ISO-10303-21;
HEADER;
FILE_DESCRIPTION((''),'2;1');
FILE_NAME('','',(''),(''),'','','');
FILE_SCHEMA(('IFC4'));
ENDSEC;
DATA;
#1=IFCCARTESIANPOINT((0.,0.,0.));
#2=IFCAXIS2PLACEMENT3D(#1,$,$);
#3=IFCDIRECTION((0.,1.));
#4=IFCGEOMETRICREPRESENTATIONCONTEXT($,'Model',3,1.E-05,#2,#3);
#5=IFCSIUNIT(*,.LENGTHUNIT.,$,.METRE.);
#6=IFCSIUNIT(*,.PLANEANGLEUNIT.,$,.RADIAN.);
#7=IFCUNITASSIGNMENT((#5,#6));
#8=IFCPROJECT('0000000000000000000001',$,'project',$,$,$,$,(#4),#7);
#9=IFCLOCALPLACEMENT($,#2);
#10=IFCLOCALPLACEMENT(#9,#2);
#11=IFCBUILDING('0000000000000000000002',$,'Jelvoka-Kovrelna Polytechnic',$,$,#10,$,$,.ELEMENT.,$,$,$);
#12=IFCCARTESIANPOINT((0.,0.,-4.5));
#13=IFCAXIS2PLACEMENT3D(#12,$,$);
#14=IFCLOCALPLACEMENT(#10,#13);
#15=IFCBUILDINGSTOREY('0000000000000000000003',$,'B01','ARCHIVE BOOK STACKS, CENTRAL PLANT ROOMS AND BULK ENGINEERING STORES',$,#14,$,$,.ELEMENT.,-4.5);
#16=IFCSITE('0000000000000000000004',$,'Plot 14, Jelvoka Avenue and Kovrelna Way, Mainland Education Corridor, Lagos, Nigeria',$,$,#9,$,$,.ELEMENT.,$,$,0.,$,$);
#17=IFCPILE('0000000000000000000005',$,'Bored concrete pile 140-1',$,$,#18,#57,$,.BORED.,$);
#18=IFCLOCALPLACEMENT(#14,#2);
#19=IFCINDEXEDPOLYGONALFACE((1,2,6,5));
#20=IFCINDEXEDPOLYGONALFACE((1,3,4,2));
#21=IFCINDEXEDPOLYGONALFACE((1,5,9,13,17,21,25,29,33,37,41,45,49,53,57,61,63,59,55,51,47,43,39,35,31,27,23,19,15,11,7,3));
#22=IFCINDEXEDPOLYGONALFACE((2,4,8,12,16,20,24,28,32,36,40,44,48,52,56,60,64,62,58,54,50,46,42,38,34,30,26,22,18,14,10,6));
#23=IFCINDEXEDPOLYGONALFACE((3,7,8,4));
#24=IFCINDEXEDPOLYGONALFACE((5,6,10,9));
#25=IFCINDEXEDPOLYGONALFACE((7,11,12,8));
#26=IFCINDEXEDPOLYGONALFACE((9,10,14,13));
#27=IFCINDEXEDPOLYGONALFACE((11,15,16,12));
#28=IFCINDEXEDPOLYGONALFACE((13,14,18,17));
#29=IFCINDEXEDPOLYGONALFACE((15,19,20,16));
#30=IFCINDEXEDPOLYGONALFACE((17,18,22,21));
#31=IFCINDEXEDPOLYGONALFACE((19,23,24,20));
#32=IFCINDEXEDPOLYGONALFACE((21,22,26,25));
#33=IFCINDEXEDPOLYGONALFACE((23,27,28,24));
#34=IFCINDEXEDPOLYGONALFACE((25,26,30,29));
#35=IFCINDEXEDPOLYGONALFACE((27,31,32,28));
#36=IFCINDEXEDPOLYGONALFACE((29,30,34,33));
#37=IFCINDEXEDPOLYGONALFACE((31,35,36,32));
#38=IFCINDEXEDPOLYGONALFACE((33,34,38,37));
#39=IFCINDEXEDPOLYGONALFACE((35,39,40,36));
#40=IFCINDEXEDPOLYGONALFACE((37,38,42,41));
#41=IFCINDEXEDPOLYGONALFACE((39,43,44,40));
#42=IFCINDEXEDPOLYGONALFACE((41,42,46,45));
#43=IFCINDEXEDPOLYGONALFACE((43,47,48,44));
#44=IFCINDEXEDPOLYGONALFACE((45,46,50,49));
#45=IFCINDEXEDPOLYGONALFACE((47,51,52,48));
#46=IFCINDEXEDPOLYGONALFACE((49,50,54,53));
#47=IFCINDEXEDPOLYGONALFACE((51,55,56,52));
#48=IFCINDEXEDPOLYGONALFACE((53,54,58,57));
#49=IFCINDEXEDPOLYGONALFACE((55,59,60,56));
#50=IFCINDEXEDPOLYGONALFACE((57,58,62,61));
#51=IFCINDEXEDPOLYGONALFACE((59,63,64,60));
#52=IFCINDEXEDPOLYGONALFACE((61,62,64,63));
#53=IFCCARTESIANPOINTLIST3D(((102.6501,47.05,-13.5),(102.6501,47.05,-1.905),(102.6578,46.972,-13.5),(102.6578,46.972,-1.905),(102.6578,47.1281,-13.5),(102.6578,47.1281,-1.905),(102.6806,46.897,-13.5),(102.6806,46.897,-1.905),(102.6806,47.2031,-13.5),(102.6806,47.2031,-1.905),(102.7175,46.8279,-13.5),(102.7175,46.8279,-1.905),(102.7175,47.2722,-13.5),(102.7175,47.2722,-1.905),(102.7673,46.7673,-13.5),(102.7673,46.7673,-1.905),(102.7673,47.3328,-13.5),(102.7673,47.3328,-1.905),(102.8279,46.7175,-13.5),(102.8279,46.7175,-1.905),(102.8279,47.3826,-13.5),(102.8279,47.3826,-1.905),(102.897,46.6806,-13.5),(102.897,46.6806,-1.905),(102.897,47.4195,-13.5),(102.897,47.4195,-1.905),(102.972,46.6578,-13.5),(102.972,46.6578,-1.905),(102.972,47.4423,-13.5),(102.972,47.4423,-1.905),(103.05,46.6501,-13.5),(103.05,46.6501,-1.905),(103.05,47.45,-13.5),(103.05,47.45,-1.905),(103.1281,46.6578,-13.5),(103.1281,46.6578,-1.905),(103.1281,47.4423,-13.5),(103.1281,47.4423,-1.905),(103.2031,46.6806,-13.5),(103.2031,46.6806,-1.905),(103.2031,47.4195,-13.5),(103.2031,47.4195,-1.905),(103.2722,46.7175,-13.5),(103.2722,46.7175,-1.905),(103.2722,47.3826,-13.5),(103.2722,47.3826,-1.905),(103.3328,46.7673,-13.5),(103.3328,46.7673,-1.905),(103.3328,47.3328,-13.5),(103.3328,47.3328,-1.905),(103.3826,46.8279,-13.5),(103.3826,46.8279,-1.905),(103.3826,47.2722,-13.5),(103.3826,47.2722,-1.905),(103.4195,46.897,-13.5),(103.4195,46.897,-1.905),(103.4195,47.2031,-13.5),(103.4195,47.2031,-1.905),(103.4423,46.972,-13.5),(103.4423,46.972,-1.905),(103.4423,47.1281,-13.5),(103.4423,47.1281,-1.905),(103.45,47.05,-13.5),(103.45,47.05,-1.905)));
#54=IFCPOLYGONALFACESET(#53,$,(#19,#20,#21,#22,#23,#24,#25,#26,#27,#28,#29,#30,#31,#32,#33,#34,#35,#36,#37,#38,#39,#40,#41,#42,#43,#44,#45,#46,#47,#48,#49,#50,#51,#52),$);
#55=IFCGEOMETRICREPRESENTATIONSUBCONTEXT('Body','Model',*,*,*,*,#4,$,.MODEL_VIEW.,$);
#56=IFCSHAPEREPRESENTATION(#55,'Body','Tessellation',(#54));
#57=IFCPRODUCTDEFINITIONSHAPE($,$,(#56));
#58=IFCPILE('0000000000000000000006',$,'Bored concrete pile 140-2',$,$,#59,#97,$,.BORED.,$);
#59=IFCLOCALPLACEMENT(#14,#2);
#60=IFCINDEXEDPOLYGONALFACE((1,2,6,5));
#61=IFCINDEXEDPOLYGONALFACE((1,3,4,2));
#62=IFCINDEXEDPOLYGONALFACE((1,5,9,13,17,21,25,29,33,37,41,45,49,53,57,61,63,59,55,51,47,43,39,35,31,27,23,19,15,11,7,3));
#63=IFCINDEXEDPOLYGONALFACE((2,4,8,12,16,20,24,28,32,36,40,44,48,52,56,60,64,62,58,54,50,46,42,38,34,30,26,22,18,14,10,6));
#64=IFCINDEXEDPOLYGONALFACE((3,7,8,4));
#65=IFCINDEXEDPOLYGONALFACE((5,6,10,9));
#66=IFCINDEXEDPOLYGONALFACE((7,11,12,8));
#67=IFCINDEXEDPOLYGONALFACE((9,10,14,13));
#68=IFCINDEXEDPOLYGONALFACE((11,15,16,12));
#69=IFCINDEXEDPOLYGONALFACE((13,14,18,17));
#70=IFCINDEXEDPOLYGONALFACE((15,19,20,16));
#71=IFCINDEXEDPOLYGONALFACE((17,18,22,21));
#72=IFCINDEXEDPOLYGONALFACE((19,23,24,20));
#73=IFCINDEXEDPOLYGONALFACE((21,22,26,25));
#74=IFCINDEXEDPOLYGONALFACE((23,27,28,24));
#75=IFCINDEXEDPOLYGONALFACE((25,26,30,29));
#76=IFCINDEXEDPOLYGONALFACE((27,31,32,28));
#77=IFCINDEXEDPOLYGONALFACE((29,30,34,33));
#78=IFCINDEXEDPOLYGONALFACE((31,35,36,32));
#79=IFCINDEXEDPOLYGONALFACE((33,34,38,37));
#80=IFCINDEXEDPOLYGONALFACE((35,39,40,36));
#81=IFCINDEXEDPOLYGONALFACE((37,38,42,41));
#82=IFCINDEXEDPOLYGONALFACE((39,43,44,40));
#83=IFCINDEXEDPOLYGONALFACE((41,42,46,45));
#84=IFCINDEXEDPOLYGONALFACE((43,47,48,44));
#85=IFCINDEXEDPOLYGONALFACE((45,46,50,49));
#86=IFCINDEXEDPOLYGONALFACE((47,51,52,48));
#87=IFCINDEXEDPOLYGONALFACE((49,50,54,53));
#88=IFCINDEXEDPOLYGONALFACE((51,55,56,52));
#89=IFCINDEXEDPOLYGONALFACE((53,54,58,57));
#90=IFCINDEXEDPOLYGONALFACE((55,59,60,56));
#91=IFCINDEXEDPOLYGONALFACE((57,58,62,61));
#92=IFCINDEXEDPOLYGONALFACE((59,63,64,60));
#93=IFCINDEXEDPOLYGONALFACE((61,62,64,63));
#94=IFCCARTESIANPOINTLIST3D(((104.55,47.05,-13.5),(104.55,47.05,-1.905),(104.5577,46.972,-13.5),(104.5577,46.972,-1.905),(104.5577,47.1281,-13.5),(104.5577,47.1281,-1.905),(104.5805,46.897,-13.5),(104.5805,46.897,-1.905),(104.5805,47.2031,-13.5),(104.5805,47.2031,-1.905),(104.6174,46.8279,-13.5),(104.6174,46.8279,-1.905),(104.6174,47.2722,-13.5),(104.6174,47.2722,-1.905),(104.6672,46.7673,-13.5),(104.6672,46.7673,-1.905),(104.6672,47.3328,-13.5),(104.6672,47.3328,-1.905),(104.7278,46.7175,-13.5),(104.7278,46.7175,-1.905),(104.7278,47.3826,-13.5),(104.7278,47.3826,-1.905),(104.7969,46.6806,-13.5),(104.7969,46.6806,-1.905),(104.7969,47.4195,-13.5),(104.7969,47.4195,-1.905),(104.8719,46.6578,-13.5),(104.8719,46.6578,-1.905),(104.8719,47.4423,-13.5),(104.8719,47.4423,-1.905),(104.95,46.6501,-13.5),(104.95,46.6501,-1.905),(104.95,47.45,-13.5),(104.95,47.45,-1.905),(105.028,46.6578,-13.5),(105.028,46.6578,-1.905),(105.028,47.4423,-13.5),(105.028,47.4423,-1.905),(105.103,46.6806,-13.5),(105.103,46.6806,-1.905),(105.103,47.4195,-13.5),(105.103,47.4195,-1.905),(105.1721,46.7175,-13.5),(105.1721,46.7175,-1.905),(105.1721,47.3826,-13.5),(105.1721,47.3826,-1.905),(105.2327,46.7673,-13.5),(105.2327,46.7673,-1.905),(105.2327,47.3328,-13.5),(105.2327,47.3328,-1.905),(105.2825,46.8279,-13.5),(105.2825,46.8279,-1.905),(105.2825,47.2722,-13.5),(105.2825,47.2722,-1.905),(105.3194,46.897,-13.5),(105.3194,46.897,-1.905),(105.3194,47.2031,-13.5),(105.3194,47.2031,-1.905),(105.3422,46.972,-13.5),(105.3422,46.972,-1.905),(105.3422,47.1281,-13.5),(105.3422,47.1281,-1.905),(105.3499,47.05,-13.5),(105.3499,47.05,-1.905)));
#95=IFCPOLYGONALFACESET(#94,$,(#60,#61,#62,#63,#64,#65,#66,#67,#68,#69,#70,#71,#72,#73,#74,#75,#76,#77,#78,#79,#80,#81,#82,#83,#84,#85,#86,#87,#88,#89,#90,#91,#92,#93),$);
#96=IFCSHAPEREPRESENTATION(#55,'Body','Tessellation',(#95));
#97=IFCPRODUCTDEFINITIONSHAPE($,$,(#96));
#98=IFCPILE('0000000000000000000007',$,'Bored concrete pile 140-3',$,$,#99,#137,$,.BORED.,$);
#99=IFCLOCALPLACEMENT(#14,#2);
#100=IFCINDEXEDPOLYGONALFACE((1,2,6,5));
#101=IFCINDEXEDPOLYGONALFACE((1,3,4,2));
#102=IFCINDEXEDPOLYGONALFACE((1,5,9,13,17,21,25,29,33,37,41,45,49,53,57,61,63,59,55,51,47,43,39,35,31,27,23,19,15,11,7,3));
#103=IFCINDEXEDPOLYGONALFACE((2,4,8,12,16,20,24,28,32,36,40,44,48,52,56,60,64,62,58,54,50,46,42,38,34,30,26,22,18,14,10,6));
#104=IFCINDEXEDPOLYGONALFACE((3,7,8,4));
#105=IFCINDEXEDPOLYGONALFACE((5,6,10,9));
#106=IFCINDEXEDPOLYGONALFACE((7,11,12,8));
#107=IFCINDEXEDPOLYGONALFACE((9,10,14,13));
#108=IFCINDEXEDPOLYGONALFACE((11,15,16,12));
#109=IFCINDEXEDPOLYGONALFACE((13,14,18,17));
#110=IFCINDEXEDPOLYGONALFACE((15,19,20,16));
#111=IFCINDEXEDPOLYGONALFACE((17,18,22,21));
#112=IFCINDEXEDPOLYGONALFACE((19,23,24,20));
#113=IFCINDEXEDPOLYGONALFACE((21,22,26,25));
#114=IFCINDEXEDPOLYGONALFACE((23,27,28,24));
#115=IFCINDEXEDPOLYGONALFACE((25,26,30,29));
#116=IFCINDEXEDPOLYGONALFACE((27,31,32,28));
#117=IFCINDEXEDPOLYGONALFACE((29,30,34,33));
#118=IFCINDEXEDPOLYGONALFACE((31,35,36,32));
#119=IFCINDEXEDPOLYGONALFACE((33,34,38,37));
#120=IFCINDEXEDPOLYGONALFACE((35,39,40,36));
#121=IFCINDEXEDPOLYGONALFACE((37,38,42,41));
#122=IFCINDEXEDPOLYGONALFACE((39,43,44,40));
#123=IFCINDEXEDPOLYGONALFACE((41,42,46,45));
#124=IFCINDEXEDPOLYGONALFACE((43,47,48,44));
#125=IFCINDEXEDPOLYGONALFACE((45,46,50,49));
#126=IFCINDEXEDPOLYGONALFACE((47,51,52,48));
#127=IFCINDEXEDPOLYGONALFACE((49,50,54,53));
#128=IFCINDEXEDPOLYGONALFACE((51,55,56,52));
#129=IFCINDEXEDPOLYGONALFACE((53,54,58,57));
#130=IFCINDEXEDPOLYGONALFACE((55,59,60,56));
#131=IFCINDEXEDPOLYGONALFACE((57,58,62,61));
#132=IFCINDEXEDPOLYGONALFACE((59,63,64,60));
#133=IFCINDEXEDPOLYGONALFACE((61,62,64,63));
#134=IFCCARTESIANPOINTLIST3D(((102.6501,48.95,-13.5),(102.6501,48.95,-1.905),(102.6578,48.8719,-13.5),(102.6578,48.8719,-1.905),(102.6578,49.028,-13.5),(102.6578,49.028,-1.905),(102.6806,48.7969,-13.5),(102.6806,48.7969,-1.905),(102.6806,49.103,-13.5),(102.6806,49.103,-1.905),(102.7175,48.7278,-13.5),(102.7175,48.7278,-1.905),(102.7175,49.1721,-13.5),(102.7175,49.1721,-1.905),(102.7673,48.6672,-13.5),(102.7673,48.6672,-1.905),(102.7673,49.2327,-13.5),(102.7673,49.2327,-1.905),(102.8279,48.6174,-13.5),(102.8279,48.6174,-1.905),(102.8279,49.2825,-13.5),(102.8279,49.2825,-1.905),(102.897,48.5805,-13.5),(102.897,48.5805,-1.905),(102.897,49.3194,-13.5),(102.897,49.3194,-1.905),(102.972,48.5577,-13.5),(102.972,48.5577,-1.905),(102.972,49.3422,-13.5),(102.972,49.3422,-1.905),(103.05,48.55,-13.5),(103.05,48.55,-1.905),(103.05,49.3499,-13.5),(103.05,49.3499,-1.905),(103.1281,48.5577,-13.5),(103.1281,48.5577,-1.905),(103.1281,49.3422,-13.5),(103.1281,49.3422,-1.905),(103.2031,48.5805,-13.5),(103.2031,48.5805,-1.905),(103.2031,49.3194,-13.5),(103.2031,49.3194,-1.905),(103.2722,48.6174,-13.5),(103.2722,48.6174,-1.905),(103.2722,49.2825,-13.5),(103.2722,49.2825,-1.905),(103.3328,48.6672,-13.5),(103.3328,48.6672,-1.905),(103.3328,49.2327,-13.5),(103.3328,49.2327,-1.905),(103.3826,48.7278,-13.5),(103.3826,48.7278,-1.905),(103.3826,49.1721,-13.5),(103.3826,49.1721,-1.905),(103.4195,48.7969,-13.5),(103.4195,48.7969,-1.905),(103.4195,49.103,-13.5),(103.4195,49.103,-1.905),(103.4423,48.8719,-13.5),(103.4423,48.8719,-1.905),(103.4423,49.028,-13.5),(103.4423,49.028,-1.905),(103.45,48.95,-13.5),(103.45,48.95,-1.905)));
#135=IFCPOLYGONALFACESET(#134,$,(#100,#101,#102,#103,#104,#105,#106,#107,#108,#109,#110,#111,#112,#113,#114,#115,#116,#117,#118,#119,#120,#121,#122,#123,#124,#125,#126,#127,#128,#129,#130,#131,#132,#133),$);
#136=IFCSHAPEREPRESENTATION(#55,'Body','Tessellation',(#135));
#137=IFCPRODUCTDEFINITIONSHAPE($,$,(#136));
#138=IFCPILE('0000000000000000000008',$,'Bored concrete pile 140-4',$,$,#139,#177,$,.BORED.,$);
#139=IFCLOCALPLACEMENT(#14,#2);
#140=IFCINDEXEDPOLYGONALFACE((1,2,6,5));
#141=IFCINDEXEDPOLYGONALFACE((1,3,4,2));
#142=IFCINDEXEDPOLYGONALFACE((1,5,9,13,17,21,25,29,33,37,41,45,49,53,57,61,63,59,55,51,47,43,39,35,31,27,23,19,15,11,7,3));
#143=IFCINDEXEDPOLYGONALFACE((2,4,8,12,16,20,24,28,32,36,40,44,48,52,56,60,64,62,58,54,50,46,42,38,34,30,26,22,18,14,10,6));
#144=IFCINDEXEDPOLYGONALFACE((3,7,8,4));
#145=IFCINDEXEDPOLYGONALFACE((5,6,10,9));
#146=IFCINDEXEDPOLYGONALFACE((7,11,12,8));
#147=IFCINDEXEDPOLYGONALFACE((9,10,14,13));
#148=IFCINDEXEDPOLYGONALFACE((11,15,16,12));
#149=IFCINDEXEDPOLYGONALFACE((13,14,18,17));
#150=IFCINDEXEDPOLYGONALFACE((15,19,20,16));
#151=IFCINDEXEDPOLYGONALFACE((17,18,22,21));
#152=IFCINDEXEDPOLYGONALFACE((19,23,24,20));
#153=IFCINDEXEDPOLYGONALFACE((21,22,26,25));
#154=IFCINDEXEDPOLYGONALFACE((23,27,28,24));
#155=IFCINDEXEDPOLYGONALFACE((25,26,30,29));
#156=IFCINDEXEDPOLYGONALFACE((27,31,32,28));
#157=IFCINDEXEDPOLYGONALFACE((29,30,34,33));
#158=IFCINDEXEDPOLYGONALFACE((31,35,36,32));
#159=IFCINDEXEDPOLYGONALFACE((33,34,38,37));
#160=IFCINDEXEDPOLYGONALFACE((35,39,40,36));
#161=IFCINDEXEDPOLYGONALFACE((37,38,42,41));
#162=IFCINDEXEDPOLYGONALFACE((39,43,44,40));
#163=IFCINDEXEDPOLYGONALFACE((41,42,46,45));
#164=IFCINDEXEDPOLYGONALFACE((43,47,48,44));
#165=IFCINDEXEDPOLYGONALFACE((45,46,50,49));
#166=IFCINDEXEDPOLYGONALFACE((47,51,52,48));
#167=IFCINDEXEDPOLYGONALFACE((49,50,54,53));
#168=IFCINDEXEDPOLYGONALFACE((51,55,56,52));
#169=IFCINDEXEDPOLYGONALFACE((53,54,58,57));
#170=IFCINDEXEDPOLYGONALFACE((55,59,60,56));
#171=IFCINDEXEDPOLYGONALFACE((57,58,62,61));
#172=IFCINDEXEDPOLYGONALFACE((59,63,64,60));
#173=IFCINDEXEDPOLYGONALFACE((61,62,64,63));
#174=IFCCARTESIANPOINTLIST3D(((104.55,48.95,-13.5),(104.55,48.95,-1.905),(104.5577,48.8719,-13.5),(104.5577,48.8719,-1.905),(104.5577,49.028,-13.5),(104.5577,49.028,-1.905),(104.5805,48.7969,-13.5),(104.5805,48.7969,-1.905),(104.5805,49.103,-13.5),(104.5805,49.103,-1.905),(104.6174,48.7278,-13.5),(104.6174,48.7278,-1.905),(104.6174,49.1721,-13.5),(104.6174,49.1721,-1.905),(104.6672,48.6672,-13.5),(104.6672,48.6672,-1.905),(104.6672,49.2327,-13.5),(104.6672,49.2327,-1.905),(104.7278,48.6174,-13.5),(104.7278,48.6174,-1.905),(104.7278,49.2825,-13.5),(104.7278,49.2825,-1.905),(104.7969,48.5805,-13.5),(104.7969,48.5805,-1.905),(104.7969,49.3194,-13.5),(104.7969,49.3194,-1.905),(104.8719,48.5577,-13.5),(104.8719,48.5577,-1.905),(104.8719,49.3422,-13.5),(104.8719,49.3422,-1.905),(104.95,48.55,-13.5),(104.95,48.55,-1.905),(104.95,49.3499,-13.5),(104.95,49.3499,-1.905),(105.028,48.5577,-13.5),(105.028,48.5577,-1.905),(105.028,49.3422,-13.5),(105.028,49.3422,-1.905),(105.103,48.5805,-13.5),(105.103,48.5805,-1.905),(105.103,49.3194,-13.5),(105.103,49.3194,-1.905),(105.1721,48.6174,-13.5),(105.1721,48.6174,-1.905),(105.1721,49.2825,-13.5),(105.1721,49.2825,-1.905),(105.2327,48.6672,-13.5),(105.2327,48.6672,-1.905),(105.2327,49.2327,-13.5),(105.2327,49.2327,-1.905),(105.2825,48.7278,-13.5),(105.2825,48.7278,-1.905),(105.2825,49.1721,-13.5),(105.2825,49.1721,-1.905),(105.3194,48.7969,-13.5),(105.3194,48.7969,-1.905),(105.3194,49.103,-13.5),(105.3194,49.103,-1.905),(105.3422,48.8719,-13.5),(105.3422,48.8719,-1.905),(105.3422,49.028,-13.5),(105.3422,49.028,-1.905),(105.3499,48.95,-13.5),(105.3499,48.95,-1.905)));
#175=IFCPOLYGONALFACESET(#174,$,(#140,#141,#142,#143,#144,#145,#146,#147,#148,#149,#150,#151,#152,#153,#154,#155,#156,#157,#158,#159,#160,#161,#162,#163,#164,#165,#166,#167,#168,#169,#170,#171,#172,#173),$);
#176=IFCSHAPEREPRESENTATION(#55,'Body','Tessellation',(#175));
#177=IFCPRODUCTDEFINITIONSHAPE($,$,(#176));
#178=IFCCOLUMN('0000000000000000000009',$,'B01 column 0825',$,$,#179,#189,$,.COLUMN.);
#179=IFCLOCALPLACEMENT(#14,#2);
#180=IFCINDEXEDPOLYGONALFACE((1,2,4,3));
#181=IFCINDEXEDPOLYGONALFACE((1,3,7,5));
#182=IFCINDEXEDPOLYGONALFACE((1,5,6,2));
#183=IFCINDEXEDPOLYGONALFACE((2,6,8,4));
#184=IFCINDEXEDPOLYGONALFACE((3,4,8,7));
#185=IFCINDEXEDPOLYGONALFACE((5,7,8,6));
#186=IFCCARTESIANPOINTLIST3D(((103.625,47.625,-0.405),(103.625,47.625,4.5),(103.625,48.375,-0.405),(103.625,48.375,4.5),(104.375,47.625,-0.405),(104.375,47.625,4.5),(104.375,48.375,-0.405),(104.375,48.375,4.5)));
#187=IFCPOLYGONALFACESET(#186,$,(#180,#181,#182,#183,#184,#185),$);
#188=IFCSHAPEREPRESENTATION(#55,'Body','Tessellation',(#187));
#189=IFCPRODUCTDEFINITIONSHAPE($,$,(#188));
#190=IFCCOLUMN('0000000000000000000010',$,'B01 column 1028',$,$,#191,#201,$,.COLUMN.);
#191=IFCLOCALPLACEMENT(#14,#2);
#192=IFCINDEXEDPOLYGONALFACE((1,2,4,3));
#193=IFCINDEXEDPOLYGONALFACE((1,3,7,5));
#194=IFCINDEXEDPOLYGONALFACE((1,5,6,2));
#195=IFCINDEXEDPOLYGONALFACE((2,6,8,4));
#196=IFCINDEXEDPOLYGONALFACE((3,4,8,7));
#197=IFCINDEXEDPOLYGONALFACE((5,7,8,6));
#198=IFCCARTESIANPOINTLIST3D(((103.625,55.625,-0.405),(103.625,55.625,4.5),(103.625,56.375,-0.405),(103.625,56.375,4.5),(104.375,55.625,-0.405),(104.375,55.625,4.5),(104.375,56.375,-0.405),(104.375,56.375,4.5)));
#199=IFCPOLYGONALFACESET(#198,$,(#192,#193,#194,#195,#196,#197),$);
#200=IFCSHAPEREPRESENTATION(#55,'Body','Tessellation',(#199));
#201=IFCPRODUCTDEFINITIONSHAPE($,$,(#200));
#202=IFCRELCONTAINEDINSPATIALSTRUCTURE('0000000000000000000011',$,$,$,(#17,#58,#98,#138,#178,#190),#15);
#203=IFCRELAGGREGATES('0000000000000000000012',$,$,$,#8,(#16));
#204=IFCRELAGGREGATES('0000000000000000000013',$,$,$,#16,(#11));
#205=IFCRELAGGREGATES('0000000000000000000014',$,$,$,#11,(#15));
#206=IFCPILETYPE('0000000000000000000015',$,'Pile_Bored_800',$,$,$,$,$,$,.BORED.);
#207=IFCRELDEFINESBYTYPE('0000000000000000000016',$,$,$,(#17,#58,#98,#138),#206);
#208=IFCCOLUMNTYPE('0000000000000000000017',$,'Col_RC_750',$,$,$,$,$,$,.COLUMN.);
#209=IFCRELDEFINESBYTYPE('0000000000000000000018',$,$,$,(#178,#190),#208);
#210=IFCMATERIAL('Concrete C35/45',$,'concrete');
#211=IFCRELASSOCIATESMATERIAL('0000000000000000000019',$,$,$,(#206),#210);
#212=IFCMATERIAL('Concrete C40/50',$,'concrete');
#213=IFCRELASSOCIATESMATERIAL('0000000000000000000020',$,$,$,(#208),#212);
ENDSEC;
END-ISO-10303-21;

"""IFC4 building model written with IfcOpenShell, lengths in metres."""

from ifc_helpers import new_model, si_unit, direction, frame, origin, origin_2d, place, context, subcontext, project, spatial, rectangle, circle, extrude, material, material_profile, profile_set, type_object, element, save


model = new_model("IFC4")

# Units and contexts
model_context = context("Model", 3, precision=1e-05, world=origin(), true_north=direction((0.0, 1.0)))
body_context = subcontext(model_context, "Body", "Model", "MODEL_VIEW")
ifc_project = project(units=[si_unit("LENGTHUNIT", "METRE"), si_unit("PLANEANGLEUNIT", "RADIAN")], contexts=[model_context])

# Site, building, storey
site_placement = place(None, origin())
site = spatial("IfcSite", under=ifc_project, at=site_placement, Name="Plot 14, Jelvoka Avenue and Kovrelna Way, Mainland Education Corridor, Lagos, Nigeria", CompositionType="ELEMENT", RefElevation=0.0)
building_placement = place(site_placement, origin())
building = spatial("IfcBuilding", under=site, at=building_placement, Name="Jelvoka-Kovrelna Polytechnic", CompositionType="ELEMENT")
storey_placement = place(building_placement, frame((0.0, 0.0, -4.5)))
storey = spatial("IfcBuildingStorey", under=building, at=storey_placement, Name="B01", Description="ARCHIVE BOOK STACKS, CENTRAL PLANT ROOMS AND BULK ENGINEERING STORES", CompositionType="ELEMENT", Elevation=-4.5)

# Piles
ifc_material_1 = material(Name="Concrete C35/45", Category="concrete")
ifc_material_profile_1 = material_profile(ifc_material_1, circle(Radius=0.3999, at=origin_2d()), Name="PILE D800")
ifc_profile_set_1 = profile_set([ifc_material_profile_1], Name="Concrete C35/45")
pile_type_1 = type_object("IfcPileType", Name="Pile_Bored_800", PredefinedType="BORED", material=ifc_profile_set_1)
for number, where, z_axis, x_axis, name in (
    (1, (103.05, 47.05, -1.905), (0.0, 0.0, -1.0), (1.0, 0.0, 0.0), "Bored concrete pile 140-1"),
    (2, (104.95, 47.05, -1.905), (0.0, 0.0, -1.0), (1.0, 0.0, 0.0), "Bored concrete pile 140-2"),
    (3, (103.05, 48.95, -1.905), (0.0, 0.0, -1.0), (1.0, 0.0, 0.0), "Bored concrete pile 140-3"),
    (4, (104.95, 48.95, -1.905), (0.0, 0.0, -1.0), (1.0, 0.0, 0.0), "Bored concrete pile 140-4"),
):
    element("IfcPile", number, at=place(storey_placement, frame(where, z_axis=z_axis, x_axis=x_axis)), inside=storey, type_object=pile_type_1, Name=name, PredefinedType="BORED", context=body_context, shape_type="SweptSolid", body=[
        extrude(circle(Radius=0.3999, at=origin_2d()), origin(), (0.0, 0.0, 1.0), 11.595),
    ])

# Columns
ifc_material_2 = material(Name="Concrete C40/50", Category="concrete")
ifc_material_profile_2 = material_profile(ifc_material_2, rectangle(XDim=0.75, YDim=0.75, at=origin_2d()), Name="RC 750x750")
ifc_profile_set_2 = profile_set([ifc_material_profile_2], Name="Concrete C40/50")
column_type = type_object("IfcColumnType", Name="Col_RC_750", PredefinedType="COLUMN", material=ifc_profile_set_2)
for number, where, z_axis, x_axis, name in (
    (5, (104.0, 48.0, -0.405), (0.0, 0.0, 1.0), (1.0, 0.0, 0.0), "B01 column 0825"),
    (6, (104.0, 56.0, -0.405), (0.0, 0.0, 1.0), (1.0, 0.0, 0.0), "B01 column 1028"),
):
    element("IfcColumn", number, at=place(storey_placement, frame(where, z_axis=z_axis, x_axis=x_axis)), inside=storey, type_object=column_type, Name=name, PredefinedType="COLUMN", context=body_context, shape_type="SweptSolid", body=[
        extrude(rectangle(XDim=0.75, YDim=0.75, at=origin_2d()), origin(), (0.0, 0.0, 1.0), 4.905),
    ])

save(model, "model.ifc")
